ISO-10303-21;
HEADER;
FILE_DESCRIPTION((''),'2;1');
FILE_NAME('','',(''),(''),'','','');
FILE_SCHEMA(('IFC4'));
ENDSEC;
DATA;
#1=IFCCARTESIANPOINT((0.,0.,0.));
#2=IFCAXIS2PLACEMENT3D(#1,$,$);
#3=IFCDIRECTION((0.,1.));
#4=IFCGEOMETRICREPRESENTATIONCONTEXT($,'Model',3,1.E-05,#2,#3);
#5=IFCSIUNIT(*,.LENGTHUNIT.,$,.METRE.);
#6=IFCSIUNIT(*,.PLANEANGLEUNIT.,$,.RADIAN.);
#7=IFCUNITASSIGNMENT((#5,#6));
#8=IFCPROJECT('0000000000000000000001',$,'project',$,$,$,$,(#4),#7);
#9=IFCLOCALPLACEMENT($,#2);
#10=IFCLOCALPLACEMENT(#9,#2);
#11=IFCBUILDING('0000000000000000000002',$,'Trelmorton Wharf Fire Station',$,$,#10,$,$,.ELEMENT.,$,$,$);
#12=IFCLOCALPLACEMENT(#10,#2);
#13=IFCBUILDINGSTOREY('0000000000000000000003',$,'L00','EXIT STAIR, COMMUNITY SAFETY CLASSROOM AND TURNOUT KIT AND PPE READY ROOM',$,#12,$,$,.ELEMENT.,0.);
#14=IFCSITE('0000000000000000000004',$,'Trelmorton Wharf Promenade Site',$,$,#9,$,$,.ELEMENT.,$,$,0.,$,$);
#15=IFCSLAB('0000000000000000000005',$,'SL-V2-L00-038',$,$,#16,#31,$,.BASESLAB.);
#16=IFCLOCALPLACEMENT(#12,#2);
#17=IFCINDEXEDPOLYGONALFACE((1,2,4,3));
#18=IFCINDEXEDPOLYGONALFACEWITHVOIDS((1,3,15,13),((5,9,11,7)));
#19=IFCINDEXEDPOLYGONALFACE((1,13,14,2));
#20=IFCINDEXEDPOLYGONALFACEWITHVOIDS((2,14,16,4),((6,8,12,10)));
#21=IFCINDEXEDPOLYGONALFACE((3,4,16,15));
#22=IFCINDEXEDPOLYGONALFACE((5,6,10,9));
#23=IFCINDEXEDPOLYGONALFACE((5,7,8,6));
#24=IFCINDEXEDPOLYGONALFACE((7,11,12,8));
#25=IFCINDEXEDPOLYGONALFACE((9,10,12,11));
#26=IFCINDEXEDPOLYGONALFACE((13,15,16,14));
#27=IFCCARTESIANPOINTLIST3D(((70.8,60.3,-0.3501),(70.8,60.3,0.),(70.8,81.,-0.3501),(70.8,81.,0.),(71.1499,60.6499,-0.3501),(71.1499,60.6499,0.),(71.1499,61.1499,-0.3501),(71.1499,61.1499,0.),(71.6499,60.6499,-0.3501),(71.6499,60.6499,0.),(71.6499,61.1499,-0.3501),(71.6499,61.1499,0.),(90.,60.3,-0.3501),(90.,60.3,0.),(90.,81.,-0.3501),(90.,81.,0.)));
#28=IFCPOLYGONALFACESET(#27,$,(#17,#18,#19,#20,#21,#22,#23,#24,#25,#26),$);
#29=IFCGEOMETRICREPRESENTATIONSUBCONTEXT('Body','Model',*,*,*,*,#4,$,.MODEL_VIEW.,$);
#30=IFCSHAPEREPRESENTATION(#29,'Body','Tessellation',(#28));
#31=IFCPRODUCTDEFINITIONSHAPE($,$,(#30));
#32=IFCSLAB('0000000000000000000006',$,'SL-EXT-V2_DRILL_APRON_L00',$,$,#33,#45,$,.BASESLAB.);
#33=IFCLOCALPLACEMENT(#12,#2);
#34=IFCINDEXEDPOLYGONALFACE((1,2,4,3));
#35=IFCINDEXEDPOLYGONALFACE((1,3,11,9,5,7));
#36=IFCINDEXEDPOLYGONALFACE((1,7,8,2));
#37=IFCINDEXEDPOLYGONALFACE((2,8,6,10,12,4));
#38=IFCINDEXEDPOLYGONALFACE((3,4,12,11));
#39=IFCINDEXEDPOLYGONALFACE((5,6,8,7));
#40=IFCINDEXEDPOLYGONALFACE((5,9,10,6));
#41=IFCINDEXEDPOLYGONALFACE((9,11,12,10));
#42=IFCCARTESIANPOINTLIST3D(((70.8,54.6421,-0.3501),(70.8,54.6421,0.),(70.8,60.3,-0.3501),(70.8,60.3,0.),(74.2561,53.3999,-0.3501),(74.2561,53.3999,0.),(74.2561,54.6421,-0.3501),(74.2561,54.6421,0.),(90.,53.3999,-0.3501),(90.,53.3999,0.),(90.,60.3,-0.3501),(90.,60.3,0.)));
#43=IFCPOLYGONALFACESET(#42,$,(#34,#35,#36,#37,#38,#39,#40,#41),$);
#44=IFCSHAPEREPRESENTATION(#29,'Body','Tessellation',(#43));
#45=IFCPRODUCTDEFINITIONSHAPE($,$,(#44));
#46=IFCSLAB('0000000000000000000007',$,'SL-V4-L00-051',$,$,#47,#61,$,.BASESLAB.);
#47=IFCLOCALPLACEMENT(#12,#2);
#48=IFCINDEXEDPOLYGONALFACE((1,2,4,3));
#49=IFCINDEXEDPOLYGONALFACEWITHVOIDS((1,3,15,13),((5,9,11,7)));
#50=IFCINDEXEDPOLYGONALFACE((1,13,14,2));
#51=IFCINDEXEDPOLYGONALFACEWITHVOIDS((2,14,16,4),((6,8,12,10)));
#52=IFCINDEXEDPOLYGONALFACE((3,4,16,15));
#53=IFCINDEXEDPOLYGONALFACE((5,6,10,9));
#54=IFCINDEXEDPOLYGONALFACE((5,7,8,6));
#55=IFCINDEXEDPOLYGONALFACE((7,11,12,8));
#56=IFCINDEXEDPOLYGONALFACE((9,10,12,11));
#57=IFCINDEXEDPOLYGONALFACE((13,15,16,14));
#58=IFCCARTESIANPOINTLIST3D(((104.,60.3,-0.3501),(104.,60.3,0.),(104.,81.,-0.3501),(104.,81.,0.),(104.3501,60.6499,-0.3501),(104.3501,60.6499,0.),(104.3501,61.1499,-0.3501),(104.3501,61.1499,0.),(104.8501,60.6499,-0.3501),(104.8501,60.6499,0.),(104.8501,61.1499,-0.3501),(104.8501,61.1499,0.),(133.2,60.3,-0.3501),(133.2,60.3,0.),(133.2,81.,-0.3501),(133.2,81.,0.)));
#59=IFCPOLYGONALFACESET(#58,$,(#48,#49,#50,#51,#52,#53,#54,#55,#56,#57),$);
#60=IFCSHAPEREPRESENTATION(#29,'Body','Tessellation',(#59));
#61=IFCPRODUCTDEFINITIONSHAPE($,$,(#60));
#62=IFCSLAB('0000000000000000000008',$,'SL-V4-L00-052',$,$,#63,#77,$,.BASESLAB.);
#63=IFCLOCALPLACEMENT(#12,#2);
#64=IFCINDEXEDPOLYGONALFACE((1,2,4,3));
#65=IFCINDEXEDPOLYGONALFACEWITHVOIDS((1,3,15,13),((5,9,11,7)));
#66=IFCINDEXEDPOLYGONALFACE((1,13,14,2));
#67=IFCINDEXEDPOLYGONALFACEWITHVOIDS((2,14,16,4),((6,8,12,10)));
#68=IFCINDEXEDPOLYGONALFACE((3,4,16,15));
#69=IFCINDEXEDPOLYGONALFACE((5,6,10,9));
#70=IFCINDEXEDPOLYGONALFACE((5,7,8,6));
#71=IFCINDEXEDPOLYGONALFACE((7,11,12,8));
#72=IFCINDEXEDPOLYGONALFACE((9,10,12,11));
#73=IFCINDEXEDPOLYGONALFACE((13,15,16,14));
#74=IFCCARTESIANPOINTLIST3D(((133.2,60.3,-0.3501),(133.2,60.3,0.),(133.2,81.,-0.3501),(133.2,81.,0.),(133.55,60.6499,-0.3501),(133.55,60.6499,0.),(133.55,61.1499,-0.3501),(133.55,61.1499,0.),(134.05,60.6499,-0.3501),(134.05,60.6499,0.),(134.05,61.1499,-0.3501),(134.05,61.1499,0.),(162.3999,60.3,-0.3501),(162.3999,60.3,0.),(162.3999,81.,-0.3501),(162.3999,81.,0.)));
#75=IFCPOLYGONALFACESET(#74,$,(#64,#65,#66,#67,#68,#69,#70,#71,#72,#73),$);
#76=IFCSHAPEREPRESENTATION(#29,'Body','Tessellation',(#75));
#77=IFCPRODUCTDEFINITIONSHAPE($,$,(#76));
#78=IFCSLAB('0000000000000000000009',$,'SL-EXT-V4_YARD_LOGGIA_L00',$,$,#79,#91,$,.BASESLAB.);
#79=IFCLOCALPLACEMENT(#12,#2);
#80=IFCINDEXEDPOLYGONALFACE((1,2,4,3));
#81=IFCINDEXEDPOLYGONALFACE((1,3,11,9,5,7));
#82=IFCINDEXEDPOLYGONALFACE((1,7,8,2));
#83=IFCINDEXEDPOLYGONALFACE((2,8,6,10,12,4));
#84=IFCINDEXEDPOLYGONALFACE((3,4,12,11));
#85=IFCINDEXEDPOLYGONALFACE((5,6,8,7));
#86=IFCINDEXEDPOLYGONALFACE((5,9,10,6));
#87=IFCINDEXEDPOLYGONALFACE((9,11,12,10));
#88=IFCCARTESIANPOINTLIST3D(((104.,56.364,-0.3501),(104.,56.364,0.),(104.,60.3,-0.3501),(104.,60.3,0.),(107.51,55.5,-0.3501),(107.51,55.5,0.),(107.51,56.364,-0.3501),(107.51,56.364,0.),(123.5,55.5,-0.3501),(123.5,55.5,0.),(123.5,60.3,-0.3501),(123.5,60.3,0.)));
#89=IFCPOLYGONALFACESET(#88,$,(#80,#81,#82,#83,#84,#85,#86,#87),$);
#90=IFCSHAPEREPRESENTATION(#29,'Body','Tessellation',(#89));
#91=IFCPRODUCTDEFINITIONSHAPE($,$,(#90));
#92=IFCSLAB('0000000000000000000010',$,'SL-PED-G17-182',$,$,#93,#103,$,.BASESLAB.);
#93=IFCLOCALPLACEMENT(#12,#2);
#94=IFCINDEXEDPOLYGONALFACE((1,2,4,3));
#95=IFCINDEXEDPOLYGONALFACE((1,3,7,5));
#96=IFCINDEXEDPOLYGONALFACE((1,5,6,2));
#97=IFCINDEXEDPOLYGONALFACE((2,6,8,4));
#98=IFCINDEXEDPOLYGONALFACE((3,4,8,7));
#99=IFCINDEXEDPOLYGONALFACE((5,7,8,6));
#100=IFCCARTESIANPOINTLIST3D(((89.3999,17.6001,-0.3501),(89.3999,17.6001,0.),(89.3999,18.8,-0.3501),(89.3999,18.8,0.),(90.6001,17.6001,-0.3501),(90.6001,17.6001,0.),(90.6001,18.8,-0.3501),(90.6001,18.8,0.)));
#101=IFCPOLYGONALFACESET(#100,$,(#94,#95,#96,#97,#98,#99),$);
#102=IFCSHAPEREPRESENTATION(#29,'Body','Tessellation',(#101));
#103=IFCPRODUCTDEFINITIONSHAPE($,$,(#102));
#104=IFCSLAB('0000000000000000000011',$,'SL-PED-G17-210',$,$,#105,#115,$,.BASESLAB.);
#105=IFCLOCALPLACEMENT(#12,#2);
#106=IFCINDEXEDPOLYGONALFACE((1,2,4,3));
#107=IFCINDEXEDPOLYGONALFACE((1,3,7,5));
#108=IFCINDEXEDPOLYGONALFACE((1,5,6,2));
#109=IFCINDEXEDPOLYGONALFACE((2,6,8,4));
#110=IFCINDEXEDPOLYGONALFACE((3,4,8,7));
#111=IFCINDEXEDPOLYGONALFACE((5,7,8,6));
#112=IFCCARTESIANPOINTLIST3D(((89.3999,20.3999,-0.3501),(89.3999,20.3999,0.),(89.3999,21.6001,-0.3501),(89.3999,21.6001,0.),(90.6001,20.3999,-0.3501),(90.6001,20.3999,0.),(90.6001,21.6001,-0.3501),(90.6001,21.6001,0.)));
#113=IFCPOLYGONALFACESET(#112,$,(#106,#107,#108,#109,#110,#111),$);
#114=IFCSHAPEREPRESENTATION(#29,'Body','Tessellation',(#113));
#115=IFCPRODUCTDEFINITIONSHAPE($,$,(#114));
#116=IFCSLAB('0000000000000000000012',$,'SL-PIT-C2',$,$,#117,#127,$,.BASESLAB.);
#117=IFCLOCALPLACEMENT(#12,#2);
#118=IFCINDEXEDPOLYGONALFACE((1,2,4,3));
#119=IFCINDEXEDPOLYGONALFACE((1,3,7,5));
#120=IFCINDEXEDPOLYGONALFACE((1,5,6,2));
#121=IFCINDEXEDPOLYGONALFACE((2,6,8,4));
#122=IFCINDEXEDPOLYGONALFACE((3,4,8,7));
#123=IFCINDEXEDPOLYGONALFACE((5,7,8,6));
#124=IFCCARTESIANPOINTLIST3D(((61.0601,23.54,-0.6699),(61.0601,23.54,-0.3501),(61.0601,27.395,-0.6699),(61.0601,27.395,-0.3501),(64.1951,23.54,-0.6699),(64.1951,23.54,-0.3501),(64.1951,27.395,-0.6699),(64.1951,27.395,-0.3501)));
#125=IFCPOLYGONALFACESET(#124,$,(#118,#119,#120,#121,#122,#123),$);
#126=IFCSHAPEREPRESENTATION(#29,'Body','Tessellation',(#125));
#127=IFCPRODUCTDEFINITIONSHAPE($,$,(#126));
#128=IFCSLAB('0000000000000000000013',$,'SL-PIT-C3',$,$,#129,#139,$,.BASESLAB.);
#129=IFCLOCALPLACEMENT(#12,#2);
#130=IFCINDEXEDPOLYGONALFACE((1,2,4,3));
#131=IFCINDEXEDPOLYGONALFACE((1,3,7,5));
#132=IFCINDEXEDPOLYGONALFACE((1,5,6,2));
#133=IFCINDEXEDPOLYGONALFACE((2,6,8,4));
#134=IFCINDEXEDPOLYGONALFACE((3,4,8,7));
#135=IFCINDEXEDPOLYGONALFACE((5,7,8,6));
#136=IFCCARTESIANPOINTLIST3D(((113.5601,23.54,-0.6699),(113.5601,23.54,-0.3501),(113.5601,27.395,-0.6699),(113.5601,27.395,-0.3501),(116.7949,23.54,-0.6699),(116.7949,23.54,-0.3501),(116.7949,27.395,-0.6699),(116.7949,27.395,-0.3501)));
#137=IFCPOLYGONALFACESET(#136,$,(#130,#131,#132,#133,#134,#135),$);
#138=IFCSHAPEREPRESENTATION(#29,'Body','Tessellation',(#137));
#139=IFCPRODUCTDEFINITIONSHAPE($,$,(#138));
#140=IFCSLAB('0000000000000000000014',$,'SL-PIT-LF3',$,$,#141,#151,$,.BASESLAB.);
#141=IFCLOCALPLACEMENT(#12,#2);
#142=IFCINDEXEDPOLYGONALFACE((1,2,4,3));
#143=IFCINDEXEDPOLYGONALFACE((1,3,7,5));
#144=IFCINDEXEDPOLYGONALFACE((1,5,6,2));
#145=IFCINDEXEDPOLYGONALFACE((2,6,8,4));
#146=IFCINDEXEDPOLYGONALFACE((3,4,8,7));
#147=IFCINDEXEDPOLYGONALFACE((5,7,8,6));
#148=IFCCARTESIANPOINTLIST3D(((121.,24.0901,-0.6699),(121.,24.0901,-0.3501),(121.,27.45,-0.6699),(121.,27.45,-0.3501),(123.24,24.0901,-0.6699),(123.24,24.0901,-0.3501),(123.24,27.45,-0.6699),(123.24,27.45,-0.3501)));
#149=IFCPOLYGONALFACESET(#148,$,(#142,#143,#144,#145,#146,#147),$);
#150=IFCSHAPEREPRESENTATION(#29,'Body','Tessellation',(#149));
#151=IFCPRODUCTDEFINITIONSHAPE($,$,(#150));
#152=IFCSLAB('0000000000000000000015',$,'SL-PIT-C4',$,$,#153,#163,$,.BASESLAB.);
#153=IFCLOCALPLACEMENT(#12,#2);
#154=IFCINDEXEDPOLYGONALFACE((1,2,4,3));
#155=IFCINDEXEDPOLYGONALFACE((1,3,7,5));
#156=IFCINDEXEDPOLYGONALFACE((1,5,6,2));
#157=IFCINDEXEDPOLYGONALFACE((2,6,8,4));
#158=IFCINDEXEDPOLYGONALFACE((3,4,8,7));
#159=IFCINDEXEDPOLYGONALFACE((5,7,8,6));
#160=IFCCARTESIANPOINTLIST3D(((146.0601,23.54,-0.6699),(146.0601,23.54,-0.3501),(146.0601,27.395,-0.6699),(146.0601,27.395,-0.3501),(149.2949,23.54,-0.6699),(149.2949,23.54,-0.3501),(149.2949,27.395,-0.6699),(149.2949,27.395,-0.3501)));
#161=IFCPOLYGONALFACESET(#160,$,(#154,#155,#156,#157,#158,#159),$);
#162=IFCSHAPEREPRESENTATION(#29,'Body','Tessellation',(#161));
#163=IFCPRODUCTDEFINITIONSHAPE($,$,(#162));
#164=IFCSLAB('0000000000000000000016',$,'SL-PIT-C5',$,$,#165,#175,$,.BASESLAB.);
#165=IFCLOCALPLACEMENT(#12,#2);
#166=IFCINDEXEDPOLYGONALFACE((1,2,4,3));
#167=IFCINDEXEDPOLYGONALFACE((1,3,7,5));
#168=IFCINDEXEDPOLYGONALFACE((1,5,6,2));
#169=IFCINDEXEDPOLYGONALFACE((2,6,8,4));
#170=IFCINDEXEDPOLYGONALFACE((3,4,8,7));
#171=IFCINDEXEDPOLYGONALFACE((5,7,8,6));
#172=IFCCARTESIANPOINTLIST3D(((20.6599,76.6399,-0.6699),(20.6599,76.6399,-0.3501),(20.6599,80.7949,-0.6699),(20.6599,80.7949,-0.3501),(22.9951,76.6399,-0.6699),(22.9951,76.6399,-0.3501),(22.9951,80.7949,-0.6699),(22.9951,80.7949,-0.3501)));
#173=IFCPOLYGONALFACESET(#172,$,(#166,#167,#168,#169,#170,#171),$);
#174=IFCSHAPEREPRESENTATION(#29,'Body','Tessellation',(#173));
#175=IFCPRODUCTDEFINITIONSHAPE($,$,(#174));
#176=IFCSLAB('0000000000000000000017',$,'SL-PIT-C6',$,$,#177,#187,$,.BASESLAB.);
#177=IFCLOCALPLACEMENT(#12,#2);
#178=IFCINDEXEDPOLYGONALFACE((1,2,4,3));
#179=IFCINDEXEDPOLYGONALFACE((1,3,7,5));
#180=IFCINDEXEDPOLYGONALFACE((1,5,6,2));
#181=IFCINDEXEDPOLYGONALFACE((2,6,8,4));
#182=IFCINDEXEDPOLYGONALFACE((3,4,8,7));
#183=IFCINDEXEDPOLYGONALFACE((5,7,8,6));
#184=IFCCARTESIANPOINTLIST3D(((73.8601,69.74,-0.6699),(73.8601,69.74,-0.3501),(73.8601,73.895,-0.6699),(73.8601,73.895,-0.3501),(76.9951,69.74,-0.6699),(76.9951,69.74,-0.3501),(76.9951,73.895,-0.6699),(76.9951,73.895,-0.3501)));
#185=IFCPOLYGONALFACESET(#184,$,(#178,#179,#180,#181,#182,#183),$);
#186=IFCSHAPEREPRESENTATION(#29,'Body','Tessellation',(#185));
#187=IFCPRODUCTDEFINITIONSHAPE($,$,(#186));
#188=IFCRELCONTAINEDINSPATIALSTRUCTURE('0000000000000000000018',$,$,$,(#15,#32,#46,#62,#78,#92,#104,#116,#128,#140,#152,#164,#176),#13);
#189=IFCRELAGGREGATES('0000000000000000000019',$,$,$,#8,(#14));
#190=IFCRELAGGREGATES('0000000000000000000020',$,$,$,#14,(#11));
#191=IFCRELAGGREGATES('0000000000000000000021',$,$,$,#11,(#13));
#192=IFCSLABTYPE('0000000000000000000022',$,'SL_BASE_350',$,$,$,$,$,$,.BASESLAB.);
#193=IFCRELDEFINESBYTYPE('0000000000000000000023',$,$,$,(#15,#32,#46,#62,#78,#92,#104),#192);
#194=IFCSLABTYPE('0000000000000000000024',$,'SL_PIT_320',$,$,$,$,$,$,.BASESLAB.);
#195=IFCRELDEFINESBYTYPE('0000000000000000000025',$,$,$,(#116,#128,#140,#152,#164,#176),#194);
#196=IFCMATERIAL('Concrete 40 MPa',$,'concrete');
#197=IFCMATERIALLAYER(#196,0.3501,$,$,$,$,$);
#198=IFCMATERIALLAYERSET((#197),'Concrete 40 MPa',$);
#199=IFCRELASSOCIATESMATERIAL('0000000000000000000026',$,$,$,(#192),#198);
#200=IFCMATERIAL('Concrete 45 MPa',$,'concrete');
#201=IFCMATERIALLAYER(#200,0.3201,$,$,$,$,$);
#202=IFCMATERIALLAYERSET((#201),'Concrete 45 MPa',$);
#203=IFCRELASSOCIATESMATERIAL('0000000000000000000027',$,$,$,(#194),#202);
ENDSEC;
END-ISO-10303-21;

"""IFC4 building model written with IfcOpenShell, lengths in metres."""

from ifc_helpers import new_model, si_unit, direction, frame, origin, place, context, subcontext, project, spatial, polyline, outline, extrude, material, layer, layer_set, type_object, element, save


model = new_model("IFC4")

# Units and contexts
model_context = context("Model", 3, precision=1e-05, world=origin(), true_north=direction((0.0, 1.0)))
body_context = subcontext(model_context, "Body", "Model", "MODEL_VIEW")
ifc_project = project(units=[si_unit("LENGTHUNIT", "METRE"), si_unit("PLANEANGLEUNIT", "RADIAN")], contexts=[model_context])

# Site, building, storey
site_placement = place(None, origin())
site = spatial("IfcSite", under=ifc_project, at=site_placement, Name="Trelmorton Wharf Promenade Site", CompositionType="ELEMENT", RefElevation=0.0)
building_placement = place(site_placement, origin())
building = spatial("IfcBuilding", under=site, at=building_placement, Name="Trelmorton Wharf Fire Station", CompositionType="ELEMENT")
storey_placement = place(building_placement, origin())
storey = spatial("IfcBuildingStorey", under=building, at=storey_placement, Name="L00", Description="EXIT STAIR, COMMUNITY SAFETY CLASSROOM AND TURNOUT KIT AND PPE READY ROOM", CompositionType="ELEMENT", Elevation=0.0)

# Slabs
ifc_material_1 = material(Name="Concrete 40 MPa", Category="concrete")
ifc_layer_1 = layer(ifc_material_1, 0.3501)
ifc_layer_set_1 = layer_set([ifc_layer_1], Name="Concrete 40 MPa")
slab_type_1 = type_object("IfcSlabType", Name="SL_BASE_350", PredefinedType="BASESLAB", material=ifc_layer_set_1)
slab_1_placement = place(storey_placement, frame((0.0, 0.0, -0.3501)))
element("IfcSlab", 1, at=slab_1_placement, inside=storey, type_object=slab_type_1, Name="SL-V2-L00-038", PredefinedType="BASESLAB", context=body_context, shape_type="SweptSolid", body=[
    extrude(outline(polyline([(70.8, 60.3), (70.8, 81.0), (90.0, 81.0), (90.0, 60.3), (70.8, 60.3)]), holes=[polyline([(71.6499, 61.1499), (71.1499, 61.1499), (71.1499, 60.6499), (71.6499, 60.6499), (71.6499, 61.1499)])]), origin(), (0.0, 0.0, 1.0), 0.3501),
])
slab_2_placement = place(storey_placement, frame((0.0, 0.0, -0.3501)))
element("IfcSlab", 2, at=slab_2_placement, inside=storey, type_object=slab_type_1, Name="SL-EXT-V2_DRILL_APRON_L00", PredefinedType="BASESLAB", context=body_context, shape_type="SweptSolid", body=[
    extrude(outline(polyline([(70.8, 60.3), (90.0, 60.3), (90.0, 53.3999), (74.2561, 53.3999), (74.2561, 54.6421), (70.8, 54.6421), (70.8, 60.3)])), origin(), (0.0, 0.0, 1.0), 0.3501),
])
slab_3_placement = place(storey_placement, frame((0.0, 0.0, -0.3501)))
element("IfcSlab", 3, at=slab_3_placement, inside=storey, type_object=slab_type_1, Name="SL-V4-L00-051", PredefinedType="BASESLAB", context=body_context, shape_type="SweptSolid", body=[
    extrude(outline(polyline([(133.2, 60.3), (104.0, 60.3), (104.0, 81.0), (133.2, 81.0), (133.2, 60.3)]), holes=[polyline([(104.8501, 61.1499), (104.3501, 61.1499), (104.3501, 60.6499), (104.8501, 60.6499), (104.8501, 61.1499)])]), origin(), (0.0, 0.0, 1.0), 0.3501),
])
slab_4_placement = place(storey_placement, frame((0.0, 0.0, -0.3501)))
element("IfcSlab", 4, at=slab_4_placement, inside=storey, type_object=slab_type_1, Name="SL-V4-L00-052", PredefinedType="BASESLAB", context=body_context, shape_type="SweptSolid", body=[
    extrude(outline(polyline([(133.2, 60.3), (133.2, 81.0), (162.3999, 81.0), (162.3999, 60.3), (133.2, 60.3)]), holes=[polyline([(134.05, 61.1499), (133.55, 61.1499), (133.55, 60.6499), (134.05, 60.6499), (134.05, 61.1499)])]), origin(), (0.0, 0.0, 1.0), 0.3501),
])
slab_5_placement = place(storey_placement, frame((0.0, 0.0, -0.3501)))
element("IfcSlab", 5, at=slab_5_placement, inside=storey, type_object=slab_type_1, Name="SL-EXT-V4_YARD_LOGGIA_L00", PredefinedType="BASESLAB", context=body_context, shape_type="SweptSolid", body=[
    extrude(outline(polyline([(104.0, 60.3), (123.5, 60.3), (123.5, 55.5), (107.51, 55.5), (107.51, 56.364), (104.0, 56.364), (104.0, 60.3)])), origin(), (0.0, 0.0, 1.0), 0.3501),
])
slab_6_placement = place(storey_placement, frame((0.0, 0.0, -0.3501)))
element("IfcSlab", 6, at=slab_6_placement, inside=storey, type_object=slab_type_1, Name="SL-PED-G17-182", PredefinedType="BASESLAB", context=body_context, shape_type="SweptSolid", body=[
    extrude(outline(polyline([(90.6001, 17.6001), (90.6001, 18.8), (89.3999, 18.8), (89.3999, 17.6001), (90.6001, 17.6001)])), origin(), (0.0, 0.0, 1.0), 0.3501),
])
slab_7_placement = place(storey_placement, frame((0.0, 0.0, -0.3501)))
element("IfcSlab", 7, at=slab_7_placement, inside=storey, type_object=slab_type_1, Name="SL-PED-G17-210", PredefinedType="BASESLAB", context=body_context, shape_type="SweptSolid", body=[
    extrude(outline(polyline([(90.6001, 20.3999), (90.6001, 21.6001), (89.3999, 21.6001), (89.3999, 20.3999), (90.6001, 20.3999)])), origin(), (0.0, 0.0, 1.0), 0.3501),
])
ifc_material_2 = material(Name="Concrete 45 MPa", Category="concrete")
ifc_layer_2 = layer(ifc_material_2, 0.3201)
ifc_layer_set_2 = layer_set([ifc_layer_2], Name="Concrete 45 MPa")
slab_type_2 = type_object("IfcSlabType", Name="SL_PIT_320", PredefinedType="BASESLAB", material=ifc_layer_set_2)
slab_8_placement = place(storey_placement, frame((0.0, 0.0, -0.6699)))
element("IfcSlab", 8, at=slab_8_placement, inside=storey, type_object=slab_type_2, Name="SL-PIT-C2", PredefinedType="BASESLAB", context=body_context, shape_type="SweptSolid", body=[
    extrude(outline(polyline([(61.0601, 23.54), (64.1951, 23.54), (64.1951, 27.395), (61.0601, 27.395), (61.0601, 23.54)])), origin(), (0.0, 0.0, 1.0), 0.3198),
])
slab_9_placement = place(storey_placement, frame((0.0, 0.0, -0.6699)))
element("IfcSlab", 9, at=slab_9_placement, inside=storey, type_object=slab_type_2, Name="SL-PIT-C3", PredefinedType="BASESLAB", context=body_context, shape_type="SweptSolid", body=[
    extrude(outline(polyline([(113.5601, 23.54), (116.7949, 23.54), (116.7949, 27.395), (113.5601, 27.395), (113.5601, 23.54)])), origin(), (0.0, 0.0, 1.0), 0.3198),
])
slab_10_placement = place(storey_placement, frame((0.0, 0.0, -0.6699)))
element("IfcSlab", 10, at=slab_10_placement, inside=storey, type_object=slab_type_2, Name="SL-PIT-LF3", PredefinedType="BASESLAB", context=body_context, shape_type="SweptSolid", body=[
    extrude(outline(polyline([(121.0, 24.0901), (123.24, 24.0901), (123.24, 27.45), (121.0, 27.45), (121.0, 24.0901)])), origin(), (0.0, 0.0, 1.0), 0.3198),
])
slab_11_placement = place(storey_placement, frame((0.0, 0.0, -0.6699)))
element("IfcSlab", 11, at=slab_11_placement, inside=storey, type_object=slab_type_2, Name="SL-PIT-C4", PredefinedType="BASESLAB", context=body_context, shape_type="SweptSolid", body=[
    extrude(outline(polyline([(146.0601, 23.54), (149.2949, 23.54), (149.2949, 27.395), (146.0601, 27.395), (146.0601, 23.54)])), origin(), (0.0, 0.0, 1.0), 0.3198),
])
slab_12_placement = place(storey_placement, frame((0.0, 0.0, -0.6699)))
element("IfcSlab", 12, at=slab_12_placement, inside=storey, type_object=slab_type_2, Name="SL-PIT-C5", PredefinedType="BASESLAB", context=body_context, shape_type="SweptSolid", body=[
    extrude(outline(polyline([(20.6599, 76.6399), (22.9951, 76.6399), (22.9951, 80.7949), (20.6599, 80.7949), (20.6599, 76.6399)])), origin(), (0.0, 0.0, 1.0), 0.3198),
])
slab_13_placement = place(storey_placement, frame((0.0, 0.0, -0.6699)))
element("IfcSlab", 13, at=slab_13_placement, inside=storey, type_object=slab_type_2, Name="SL-PIT-C6", PredefinedType="BASESLAB", context=body_context, shape_type="SweptSolid", body=[
    extrude(outline(polyline([(73.8601, 69.74), (76.9951, 69.74), (76.9951, 73.895), (73.8601, 73.895), (73.8601, 69.74)])), origin(), (0.0, 0.0, 1.0), 0.3198),
])

save(model, "model.ifc")
